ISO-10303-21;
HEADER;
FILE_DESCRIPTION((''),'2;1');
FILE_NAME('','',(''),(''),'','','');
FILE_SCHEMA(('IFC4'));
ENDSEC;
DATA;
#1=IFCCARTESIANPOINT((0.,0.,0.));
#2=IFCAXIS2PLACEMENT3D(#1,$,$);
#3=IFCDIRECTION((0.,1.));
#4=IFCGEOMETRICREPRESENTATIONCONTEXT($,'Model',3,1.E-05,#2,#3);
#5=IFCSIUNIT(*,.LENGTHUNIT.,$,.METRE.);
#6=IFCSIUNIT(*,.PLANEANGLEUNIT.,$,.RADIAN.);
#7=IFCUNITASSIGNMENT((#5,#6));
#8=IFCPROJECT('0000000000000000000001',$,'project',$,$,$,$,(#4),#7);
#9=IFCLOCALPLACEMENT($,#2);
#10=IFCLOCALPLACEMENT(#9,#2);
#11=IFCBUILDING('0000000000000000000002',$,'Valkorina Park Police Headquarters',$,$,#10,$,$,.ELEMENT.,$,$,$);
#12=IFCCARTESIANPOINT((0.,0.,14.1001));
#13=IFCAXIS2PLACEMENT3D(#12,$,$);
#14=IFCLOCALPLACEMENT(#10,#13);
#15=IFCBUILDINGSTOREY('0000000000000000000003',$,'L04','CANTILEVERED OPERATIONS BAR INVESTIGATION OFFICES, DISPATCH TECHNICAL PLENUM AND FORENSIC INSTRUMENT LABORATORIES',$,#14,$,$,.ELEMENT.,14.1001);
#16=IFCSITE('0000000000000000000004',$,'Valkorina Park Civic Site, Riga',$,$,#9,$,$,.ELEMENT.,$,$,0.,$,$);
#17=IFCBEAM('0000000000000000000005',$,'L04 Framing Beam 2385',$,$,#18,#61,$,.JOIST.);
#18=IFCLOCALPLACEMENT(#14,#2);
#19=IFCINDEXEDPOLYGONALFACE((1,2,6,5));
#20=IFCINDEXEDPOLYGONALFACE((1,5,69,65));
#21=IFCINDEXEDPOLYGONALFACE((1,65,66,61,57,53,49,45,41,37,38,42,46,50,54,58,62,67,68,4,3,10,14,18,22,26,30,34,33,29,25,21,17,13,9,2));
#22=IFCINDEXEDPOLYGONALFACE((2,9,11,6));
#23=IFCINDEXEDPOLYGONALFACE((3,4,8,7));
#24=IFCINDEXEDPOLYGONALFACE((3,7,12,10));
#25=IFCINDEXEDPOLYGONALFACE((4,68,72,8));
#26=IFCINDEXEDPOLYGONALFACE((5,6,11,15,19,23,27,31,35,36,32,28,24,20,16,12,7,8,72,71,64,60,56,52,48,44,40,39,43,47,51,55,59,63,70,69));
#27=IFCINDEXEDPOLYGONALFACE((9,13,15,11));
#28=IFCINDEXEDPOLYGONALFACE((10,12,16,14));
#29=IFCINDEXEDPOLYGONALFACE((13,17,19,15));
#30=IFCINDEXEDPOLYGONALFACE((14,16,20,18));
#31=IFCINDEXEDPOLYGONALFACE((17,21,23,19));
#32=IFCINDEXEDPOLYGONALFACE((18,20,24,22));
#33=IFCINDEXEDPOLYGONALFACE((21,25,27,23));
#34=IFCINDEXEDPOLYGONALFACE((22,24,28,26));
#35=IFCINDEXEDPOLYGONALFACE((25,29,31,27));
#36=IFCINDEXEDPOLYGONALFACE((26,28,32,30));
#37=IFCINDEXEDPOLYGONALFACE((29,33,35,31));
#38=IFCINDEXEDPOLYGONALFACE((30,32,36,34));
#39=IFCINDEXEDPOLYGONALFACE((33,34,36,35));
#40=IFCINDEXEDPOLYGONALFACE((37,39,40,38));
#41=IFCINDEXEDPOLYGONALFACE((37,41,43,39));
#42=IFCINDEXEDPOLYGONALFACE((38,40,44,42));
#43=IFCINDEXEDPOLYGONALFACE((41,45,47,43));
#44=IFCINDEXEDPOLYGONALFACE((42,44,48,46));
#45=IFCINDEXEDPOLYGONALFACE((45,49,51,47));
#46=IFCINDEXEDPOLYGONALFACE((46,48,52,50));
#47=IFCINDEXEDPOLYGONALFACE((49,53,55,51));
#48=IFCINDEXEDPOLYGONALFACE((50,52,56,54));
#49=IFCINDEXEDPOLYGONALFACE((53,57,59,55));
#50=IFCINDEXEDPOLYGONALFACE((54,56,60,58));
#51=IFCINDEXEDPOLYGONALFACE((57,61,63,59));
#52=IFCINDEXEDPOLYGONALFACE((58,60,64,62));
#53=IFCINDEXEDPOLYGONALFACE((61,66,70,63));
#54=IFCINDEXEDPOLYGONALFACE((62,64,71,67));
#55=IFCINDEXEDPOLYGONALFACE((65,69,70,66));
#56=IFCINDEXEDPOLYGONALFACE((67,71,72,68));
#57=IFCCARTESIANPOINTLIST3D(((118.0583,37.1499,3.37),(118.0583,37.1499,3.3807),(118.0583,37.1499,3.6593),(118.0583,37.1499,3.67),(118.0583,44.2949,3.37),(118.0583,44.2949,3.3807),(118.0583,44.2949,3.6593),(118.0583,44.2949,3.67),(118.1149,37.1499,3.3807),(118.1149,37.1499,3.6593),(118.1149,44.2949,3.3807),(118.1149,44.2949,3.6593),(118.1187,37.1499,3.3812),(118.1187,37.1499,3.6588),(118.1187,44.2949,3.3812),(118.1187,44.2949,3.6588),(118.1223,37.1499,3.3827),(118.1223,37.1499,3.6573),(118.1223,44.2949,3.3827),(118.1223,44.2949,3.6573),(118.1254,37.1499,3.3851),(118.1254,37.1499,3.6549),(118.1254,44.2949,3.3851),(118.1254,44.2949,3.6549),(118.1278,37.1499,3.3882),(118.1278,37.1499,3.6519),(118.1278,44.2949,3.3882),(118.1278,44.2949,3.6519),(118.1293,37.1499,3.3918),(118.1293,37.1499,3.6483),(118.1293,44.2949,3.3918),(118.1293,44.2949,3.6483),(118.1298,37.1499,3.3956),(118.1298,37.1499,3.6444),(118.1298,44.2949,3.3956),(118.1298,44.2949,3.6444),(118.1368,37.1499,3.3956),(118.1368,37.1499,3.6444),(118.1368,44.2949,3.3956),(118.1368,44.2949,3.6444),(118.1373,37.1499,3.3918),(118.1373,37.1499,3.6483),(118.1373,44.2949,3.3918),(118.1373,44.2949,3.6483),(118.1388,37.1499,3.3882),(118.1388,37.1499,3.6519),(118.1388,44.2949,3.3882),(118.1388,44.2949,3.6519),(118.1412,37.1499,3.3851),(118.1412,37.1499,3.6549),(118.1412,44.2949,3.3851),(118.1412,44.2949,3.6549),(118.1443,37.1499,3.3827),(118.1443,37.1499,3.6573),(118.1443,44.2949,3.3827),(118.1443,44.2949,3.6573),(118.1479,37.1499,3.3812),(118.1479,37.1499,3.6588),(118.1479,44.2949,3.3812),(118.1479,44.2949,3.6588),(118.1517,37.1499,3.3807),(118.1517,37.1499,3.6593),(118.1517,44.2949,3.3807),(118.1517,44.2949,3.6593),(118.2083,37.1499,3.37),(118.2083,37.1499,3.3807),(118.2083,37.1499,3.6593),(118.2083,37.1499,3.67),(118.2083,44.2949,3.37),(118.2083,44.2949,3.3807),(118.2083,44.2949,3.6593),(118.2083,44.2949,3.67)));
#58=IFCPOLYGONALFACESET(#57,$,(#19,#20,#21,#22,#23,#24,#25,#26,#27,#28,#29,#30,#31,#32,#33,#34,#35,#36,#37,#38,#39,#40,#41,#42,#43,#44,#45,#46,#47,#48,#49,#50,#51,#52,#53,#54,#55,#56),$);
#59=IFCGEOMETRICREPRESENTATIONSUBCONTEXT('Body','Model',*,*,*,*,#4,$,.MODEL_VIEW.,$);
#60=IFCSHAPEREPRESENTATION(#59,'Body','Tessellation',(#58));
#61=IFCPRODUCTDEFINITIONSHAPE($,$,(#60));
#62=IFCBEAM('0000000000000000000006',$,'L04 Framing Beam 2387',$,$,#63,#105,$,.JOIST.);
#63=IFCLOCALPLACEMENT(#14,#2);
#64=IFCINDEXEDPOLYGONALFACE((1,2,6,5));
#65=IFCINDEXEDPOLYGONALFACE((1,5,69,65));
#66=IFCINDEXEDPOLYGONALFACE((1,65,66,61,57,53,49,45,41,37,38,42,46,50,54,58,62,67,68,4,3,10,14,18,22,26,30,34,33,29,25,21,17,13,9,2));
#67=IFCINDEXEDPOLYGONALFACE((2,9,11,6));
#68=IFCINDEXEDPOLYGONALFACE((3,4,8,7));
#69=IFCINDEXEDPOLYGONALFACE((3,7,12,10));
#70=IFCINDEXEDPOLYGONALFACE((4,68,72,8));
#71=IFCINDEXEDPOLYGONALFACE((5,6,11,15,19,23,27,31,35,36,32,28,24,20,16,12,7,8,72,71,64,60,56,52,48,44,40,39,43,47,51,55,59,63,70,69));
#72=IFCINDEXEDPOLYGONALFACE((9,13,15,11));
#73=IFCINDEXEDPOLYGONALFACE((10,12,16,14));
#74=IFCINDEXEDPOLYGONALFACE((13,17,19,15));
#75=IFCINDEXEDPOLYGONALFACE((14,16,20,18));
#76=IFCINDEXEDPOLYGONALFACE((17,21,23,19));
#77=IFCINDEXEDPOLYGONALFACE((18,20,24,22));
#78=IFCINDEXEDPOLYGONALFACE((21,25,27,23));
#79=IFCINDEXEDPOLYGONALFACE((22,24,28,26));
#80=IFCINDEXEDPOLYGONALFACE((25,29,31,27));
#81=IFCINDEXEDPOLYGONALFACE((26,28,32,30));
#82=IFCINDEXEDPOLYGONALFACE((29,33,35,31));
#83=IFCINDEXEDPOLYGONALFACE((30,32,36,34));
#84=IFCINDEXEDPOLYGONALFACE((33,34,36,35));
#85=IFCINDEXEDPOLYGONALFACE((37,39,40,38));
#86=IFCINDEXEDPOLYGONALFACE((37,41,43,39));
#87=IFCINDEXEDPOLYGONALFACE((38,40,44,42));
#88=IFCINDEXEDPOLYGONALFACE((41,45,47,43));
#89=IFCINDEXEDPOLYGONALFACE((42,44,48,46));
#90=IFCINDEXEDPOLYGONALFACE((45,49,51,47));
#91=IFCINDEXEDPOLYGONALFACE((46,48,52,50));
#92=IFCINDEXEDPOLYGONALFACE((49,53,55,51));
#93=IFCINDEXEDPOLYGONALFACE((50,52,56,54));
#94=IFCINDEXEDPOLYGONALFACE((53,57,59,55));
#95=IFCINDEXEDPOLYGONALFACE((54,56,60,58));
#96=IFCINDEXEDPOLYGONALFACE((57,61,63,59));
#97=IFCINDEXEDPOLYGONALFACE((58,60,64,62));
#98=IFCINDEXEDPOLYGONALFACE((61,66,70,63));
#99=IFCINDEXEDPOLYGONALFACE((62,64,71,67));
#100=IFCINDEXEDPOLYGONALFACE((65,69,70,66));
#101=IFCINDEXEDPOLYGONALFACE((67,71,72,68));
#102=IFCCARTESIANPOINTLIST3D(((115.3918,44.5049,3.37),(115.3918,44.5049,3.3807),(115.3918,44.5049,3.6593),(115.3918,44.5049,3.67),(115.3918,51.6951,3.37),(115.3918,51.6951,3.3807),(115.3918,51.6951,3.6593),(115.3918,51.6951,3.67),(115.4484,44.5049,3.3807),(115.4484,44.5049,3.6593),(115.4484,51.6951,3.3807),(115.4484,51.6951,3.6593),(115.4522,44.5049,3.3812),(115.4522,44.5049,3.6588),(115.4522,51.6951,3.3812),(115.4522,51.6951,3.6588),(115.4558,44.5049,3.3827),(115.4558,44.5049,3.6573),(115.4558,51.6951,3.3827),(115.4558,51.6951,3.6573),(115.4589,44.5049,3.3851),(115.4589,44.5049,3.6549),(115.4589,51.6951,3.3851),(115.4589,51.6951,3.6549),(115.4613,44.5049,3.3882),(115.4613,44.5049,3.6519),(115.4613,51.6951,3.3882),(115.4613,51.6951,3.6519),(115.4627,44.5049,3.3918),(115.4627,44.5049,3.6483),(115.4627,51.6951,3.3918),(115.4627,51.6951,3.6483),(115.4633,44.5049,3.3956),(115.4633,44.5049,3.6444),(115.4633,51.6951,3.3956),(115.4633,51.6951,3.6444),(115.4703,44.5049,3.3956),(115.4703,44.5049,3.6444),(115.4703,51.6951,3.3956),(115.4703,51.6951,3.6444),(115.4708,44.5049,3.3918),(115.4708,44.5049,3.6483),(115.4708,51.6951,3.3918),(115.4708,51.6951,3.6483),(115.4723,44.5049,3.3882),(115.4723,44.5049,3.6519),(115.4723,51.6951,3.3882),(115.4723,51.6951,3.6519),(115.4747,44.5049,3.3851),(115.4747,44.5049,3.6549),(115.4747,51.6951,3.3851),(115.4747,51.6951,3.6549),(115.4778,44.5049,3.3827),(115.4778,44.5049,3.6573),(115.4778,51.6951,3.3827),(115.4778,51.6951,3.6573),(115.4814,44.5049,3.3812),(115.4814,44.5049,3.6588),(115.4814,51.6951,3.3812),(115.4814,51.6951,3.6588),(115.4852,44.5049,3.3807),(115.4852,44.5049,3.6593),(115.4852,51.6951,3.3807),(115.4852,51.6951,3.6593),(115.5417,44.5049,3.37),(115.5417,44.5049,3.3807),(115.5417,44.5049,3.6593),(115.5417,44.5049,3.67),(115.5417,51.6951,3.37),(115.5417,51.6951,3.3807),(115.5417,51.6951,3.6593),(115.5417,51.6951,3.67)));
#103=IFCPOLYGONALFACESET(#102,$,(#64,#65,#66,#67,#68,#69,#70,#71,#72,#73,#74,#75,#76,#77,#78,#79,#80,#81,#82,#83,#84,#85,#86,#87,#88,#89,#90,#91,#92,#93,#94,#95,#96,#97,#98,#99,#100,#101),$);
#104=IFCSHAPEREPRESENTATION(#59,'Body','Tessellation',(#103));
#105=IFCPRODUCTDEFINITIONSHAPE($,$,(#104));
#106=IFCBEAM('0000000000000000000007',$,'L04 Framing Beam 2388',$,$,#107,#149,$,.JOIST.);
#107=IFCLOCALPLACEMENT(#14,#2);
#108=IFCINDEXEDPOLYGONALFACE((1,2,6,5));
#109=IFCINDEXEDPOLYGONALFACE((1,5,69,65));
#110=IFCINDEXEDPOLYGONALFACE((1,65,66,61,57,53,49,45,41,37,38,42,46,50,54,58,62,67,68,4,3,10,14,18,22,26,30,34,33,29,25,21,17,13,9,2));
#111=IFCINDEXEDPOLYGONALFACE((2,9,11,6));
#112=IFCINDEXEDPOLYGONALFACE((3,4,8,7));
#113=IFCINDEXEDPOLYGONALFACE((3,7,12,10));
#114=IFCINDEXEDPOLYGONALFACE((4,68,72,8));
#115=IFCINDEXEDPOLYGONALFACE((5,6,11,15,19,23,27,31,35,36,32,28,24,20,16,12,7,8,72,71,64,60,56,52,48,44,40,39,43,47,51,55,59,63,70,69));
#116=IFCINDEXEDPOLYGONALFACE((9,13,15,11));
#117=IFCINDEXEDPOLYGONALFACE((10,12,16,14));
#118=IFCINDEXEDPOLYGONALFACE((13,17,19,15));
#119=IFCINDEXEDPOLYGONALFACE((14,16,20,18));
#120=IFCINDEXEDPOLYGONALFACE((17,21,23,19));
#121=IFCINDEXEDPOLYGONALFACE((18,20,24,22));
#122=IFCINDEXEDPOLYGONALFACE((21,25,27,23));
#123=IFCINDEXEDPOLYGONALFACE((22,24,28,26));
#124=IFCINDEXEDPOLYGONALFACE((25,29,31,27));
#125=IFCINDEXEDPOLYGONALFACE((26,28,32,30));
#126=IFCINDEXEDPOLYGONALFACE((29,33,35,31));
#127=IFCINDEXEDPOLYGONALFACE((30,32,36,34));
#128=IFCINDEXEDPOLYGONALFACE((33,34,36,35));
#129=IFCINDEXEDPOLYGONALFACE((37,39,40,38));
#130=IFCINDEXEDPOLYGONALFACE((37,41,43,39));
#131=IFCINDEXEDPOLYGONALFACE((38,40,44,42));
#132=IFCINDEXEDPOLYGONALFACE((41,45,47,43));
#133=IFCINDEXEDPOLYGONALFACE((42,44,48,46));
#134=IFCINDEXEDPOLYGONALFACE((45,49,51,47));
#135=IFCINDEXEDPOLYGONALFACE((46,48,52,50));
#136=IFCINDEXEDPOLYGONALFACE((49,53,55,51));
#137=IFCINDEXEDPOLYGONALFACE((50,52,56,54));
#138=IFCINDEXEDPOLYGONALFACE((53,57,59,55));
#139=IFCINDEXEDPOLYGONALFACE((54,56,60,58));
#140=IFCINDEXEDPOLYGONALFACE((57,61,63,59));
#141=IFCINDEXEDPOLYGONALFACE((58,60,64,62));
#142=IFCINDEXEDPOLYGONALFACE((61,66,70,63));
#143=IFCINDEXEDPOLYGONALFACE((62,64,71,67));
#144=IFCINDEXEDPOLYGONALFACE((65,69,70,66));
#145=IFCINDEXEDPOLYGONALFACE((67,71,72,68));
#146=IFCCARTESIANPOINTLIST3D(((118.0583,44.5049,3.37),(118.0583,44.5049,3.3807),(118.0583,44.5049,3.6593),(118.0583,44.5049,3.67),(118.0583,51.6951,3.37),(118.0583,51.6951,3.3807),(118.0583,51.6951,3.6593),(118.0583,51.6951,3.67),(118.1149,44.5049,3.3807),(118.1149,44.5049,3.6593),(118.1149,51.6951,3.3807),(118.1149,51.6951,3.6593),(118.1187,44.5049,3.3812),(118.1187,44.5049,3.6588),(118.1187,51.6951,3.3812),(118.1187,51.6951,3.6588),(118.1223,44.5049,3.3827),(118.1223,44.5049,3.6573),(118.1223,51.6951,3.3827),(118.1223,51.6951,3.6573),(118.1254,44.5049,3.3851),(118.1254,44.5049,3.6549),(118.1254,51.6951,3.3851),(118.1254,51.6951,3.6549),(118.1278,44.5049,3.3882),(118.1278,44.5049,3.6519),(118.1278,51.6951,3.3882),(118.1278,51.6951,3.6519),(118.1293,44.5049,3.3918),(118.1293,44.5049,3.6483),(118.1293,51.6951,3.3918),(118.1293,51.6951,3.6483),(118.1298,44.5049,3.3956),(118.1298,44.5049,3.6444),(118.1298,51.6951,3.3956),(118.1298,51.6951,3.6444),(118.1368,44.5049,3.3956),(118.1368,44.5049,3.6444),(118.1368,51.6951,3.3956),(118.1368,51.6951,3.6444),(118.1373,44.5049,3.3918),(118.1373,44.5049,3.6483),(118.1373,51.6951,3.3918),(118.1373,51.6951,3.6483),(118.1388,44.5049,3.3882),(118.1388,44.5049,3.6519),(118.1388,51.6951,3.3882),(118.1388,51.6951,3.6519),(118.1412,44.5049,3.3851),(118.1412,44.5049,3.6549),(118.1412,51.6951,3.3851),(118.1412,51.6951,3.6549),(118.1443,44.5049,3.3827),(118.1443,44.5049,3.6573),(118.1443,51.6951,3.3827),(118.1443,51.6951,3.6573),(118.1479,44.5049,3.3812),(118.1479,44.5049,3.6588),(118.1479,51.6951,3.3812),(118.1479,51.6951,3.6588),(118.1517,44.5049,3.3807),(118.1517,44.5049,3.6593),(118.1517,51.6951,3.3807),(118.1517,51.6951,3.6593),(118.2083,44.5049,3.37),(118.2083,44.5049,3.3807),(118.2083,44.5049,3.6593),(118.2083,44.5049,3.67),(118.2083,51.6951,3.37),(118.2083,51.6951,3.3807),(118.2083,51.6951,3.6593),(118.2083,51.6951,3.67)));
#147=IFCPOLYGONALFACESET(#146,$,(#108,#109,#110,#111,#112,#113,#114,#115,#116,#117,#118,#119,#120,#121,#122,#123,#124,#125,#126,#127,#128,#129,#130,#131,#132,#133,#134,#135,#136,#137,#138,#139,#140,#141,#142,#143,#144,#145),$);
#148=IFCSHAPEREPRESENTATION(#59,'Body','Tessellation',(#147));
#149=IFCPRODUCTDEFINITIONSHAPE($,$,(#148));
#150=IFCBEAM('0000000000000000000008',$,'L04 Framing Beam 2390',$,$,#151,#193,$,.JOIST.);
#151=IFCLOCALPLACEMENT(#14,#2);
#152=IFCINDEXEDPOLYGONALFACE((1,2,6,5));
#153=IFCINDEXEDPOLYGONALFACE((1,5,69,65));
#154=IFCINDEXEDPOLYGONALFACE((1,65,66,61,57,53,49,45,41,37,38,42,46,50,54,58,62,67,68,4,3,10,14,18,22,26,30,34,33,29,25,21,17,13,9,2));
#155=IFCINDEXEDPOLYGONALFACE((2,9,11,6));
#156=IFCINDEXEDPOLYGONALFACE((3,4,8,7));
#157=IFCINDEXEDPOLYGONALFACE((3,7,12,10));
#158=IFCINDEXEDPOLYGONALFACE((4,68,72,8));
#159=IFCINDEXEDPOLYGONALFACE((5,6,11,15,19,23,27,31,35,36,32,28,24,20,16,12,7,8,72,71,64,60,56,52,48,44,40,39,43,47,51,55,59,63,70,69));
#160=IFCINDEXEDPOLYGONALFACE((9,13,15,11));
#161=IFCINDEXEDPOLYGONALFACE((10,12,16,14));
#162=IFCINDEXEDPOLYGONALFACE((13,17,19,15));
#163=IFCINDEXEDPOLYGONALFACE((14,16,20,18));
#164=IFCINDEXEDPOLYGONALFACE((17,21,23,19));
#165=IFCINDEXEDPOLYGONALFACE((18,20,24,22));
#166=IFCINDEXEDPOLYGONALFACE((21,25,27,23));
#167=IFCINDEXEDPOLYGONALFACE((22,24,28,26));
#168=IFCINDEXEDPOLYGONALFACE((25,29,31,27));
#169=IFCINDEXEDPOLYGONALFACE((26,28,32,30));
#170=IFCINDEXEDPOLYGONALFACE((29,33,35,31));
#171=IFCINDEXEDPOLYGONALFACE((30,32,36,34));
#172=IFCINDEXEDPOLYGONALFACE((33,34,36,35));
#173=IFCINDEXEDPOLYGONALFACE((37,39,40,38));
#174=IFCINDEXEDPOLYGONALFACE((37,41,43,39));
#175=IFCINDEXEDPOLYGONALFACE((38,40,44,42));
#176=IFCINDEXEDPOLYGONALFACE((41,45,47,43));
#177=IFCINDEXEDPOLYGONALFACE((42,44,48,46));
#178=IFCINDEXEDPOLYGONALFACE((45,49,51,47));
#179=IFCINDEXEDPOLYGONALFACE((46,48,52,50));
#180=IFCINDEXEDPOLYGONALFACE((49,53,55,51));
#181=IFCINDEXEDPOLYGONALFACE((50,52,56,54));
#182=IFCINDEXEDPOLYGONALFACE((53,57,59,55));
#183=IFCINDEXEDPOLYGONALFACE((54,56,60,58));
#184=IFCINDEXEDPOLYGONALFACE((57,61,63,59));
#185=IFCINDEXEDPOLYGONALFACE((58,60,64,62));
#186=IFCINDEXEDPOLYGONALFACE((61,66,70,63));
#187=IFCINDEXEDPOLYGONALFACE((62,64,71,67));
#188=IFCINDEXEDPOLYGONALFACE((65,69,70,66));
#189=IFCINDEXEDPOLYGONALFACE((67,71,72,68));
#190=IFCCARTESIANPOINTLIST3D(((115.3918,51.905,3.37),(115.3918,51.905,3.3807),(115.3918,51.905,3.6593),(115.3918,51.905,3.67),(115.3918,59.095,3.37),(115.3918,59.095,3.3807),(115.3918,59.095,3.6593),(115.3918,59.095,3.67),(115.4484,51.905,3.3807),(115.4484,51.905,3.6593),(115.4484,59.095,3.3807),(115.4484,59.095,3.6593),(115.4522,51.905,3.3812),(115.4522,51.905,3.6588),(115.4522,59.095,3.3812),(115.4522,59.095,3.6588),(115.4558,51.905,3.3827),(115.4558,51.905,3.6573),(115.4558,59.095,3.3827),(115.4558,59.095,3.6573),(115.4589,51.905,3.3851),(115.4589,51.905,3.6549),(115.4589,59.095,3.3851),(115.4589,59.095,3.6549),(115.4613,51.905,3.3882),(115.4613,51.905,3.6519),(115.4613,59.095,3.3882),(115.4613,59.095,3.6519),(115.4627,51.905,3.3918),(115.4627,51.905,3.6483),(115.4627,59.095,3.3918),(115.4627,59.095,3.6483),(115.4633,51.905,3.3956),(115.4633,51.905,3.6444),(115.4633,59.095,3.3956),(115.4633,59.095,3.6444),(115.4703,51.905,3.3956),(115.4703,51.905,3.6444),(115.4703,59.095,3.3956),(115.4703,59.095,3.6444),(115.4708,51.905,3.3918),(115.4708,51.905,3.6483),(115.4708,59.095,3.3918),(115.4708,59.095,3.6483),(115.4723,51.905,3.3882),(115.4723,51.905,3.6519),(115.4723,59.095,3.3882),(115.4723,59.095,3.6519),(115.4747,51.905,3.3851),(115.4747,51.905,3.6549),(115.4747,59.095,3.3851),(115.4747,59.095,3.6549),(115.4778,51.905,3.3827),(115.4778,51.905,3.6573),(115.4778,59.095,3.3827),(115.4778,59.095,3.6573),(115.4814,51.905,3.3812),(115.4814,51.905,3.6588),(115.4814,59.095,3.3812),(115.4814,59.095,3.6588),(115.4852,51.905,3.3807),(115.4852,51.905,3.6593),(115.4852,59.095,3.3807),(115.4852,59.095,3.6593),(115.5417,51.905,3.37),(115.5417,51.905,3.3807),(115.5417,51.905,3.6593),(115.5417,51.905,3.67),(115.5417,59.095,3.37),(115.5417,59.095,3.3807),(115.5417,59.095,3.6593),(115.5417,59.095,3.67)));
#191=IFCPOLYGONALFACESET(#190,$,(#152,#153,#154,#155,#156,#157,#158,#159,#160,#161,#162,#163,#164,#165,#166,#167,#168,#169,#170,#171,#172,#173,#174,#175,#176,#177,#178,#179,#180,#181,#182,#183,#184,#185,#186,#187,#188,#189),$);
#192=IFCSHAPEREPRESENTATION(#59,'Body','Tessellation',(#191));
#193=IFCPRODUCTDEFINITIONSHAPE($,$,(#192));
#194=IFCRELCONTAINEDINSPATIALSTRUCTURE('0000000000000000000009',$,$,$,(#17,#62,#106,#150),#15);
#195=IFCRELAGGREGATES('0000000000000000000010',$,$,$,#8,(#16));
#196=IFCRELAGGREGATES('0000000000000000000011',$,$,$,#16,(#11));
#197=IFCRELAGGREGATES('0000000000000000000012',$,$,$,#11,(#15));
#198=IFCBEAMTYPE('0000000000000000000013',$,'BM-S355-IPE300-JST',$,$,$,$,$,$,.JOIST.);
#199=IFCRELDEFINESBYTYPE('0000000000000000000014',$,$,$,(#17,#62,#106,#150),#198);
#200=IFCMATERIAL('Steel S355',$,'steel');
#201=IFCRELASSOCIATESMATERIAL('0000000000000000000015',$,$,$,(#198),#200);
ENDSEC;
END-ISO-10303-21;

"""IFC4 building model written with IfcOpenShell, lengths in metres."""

from ifc_helpers import new_model, si_unit, direction, frame, origin, origin_2d, place, context, subcontext, project, spatial, i_section, extrude, material, material_profile, profile_set, type_object, element, save


model = new_model("IFC4")

# Units and contexts
model_context = context("Model", 3, precision=1e-05, world=origin(), true_north=direction((0.0, 1.0)))
body_context = subcontext(model_context, "Body", "Model", "MODEL_VIEW")
ifc_project = project(units=[si_unit("LENGTHUNIT", "METRE"), si_unit("PLANEANGLEUNIT", "RADIAN")], contexts=[model_context])

# Site, building, storey
site_placement = place(None, origin())
site = spatial("IfcSite", under=ifc_project, at=site_placement, Name="Valkorina Park Civic Site, Riga", CompositionType="ELEMENT", RefElevation=0.0)
building_placement = place(site_placement, origin())
building = spatial("IfcBuilding", under=site, at=building_placement, Name="Valkorina Park Police Headquarters", CompositionType="ELEMENT")
storey_placement = place(building_placement, frame((0.0, 0.0, 14.1001)))
storey = spatial("IfcBuildingStorey", under=building, at=storey_placement, Name="L04", Description="CANTILEVERED OPERATIONS BAR INVESTIGATION OFFICES, DISPATCH TECHNICAL PLENUM AND FORENSIC INSTRUMENT LABORATORIES", CompositionType="ELEMENT", Elevation=14.1001)

# Shared definitions
ifc_material_1 = material(Name="Steel S355", Category="steel")

# Beams
ifc_material_profile_1 = material_profile(ifc_material_1, i_section(OverallWidth=0.1499, OverallDepth=0.3, WebThickness=0.0071, FlangeThickness=0.0107, FilletRadius=0.0149, at=origin_2d()), Name="IPE 300")
ifc_profile_set_1 = profile_set([ifc_material_profile_1], Name="Steel S355")
beam_type_1 = type_object("IfcBeamType", Name="BM-S355-IPE300-JST", PredefinedType="JOIST", material=ifc_profile_set_1)
for number, where, z_axis, x_axis, name in (
    (1, (118.1333, 37.1499, 3.52), (0.0, 1.0, 0.0), (-1.0, 0.0, 0.0), "L04 Framing Beam 2385"),
):
    element("IfcBeam", number, at=place(storey_placement, frame(where, z_axis=z_axis, x_axis=x_axis)), inside=storey, type_object=beam_type_1, Name=name, PredefinedType="JOIST", context=body_context, shape_type="SweptSolid", body=[
        extrude(i_section(OverallWidth=0.1499, OverallDepth=0.3, WebThickness=0.0071, FlangeThickness=0.0107, FilletRadius=0.0149, at=origin_2d()), origin(), (0.0, 0.0, 1.0), 7.145),
    ])
for number, where, z_axis, x_axis, name in (
    (2, (115.4668, 44.5049, 3.52), (0.0, 1.0, 0.0), (-1.0, 0.0, 0.0), "L04 Framing Beam 2387"),
    (3, (118.1333, 44.5049, 3.52), (0.0, 1.0, 0.0), (-1.0, 0.0, 0.0), "L04 Framing Beam 2388"),
):
    element("IfcBeam", number, at=place(storey_placement, frame(where, z_axis=z_axis, x_axis=x_axis)), inside=storey, type_object=beam_type_1, Name=name, PredefinedType="JOIST", context=body_context, shape_type="SweptSolid", body=[
        extrude(i_section(OverallWidth=0.1499, OverallDepth=0.3, WebThickness=0.0071, FlangeThickness=0.0107, FilletRadius=0.0149, at=origin_2d()), origin(), (0.0, 0.0, 1.0), 7.1902),
    ])
for number, where, z_axis, x_axis, name in (
    (4, (115.4668, 51.905, 3.52), (0.0, 1.0, 0.0), (-1.0, 0.0, 0.0), "L04 Framing Beam 2390"),
):
    element("IfcBeam", number, at=place(storey_placement, frame(where, z_axis=z_axis, x_axis=x_axis)), inside=storey, type_object=beam_type_1, Name=name, PredefinedType="JOIST", context=body_context, shape_type="SweptSolid", body=[
        extrude(i_section(OverallWidth=0.1499, OverallDepth=0.3, WebThickness=0.0071, FlangeThickness=0.0107, FilletRadius=0.0149, at=origin_2d()), origin(), (0.0, 0.0, 1.0), 7.1899),
    ])

save(model, "model.ifc")
